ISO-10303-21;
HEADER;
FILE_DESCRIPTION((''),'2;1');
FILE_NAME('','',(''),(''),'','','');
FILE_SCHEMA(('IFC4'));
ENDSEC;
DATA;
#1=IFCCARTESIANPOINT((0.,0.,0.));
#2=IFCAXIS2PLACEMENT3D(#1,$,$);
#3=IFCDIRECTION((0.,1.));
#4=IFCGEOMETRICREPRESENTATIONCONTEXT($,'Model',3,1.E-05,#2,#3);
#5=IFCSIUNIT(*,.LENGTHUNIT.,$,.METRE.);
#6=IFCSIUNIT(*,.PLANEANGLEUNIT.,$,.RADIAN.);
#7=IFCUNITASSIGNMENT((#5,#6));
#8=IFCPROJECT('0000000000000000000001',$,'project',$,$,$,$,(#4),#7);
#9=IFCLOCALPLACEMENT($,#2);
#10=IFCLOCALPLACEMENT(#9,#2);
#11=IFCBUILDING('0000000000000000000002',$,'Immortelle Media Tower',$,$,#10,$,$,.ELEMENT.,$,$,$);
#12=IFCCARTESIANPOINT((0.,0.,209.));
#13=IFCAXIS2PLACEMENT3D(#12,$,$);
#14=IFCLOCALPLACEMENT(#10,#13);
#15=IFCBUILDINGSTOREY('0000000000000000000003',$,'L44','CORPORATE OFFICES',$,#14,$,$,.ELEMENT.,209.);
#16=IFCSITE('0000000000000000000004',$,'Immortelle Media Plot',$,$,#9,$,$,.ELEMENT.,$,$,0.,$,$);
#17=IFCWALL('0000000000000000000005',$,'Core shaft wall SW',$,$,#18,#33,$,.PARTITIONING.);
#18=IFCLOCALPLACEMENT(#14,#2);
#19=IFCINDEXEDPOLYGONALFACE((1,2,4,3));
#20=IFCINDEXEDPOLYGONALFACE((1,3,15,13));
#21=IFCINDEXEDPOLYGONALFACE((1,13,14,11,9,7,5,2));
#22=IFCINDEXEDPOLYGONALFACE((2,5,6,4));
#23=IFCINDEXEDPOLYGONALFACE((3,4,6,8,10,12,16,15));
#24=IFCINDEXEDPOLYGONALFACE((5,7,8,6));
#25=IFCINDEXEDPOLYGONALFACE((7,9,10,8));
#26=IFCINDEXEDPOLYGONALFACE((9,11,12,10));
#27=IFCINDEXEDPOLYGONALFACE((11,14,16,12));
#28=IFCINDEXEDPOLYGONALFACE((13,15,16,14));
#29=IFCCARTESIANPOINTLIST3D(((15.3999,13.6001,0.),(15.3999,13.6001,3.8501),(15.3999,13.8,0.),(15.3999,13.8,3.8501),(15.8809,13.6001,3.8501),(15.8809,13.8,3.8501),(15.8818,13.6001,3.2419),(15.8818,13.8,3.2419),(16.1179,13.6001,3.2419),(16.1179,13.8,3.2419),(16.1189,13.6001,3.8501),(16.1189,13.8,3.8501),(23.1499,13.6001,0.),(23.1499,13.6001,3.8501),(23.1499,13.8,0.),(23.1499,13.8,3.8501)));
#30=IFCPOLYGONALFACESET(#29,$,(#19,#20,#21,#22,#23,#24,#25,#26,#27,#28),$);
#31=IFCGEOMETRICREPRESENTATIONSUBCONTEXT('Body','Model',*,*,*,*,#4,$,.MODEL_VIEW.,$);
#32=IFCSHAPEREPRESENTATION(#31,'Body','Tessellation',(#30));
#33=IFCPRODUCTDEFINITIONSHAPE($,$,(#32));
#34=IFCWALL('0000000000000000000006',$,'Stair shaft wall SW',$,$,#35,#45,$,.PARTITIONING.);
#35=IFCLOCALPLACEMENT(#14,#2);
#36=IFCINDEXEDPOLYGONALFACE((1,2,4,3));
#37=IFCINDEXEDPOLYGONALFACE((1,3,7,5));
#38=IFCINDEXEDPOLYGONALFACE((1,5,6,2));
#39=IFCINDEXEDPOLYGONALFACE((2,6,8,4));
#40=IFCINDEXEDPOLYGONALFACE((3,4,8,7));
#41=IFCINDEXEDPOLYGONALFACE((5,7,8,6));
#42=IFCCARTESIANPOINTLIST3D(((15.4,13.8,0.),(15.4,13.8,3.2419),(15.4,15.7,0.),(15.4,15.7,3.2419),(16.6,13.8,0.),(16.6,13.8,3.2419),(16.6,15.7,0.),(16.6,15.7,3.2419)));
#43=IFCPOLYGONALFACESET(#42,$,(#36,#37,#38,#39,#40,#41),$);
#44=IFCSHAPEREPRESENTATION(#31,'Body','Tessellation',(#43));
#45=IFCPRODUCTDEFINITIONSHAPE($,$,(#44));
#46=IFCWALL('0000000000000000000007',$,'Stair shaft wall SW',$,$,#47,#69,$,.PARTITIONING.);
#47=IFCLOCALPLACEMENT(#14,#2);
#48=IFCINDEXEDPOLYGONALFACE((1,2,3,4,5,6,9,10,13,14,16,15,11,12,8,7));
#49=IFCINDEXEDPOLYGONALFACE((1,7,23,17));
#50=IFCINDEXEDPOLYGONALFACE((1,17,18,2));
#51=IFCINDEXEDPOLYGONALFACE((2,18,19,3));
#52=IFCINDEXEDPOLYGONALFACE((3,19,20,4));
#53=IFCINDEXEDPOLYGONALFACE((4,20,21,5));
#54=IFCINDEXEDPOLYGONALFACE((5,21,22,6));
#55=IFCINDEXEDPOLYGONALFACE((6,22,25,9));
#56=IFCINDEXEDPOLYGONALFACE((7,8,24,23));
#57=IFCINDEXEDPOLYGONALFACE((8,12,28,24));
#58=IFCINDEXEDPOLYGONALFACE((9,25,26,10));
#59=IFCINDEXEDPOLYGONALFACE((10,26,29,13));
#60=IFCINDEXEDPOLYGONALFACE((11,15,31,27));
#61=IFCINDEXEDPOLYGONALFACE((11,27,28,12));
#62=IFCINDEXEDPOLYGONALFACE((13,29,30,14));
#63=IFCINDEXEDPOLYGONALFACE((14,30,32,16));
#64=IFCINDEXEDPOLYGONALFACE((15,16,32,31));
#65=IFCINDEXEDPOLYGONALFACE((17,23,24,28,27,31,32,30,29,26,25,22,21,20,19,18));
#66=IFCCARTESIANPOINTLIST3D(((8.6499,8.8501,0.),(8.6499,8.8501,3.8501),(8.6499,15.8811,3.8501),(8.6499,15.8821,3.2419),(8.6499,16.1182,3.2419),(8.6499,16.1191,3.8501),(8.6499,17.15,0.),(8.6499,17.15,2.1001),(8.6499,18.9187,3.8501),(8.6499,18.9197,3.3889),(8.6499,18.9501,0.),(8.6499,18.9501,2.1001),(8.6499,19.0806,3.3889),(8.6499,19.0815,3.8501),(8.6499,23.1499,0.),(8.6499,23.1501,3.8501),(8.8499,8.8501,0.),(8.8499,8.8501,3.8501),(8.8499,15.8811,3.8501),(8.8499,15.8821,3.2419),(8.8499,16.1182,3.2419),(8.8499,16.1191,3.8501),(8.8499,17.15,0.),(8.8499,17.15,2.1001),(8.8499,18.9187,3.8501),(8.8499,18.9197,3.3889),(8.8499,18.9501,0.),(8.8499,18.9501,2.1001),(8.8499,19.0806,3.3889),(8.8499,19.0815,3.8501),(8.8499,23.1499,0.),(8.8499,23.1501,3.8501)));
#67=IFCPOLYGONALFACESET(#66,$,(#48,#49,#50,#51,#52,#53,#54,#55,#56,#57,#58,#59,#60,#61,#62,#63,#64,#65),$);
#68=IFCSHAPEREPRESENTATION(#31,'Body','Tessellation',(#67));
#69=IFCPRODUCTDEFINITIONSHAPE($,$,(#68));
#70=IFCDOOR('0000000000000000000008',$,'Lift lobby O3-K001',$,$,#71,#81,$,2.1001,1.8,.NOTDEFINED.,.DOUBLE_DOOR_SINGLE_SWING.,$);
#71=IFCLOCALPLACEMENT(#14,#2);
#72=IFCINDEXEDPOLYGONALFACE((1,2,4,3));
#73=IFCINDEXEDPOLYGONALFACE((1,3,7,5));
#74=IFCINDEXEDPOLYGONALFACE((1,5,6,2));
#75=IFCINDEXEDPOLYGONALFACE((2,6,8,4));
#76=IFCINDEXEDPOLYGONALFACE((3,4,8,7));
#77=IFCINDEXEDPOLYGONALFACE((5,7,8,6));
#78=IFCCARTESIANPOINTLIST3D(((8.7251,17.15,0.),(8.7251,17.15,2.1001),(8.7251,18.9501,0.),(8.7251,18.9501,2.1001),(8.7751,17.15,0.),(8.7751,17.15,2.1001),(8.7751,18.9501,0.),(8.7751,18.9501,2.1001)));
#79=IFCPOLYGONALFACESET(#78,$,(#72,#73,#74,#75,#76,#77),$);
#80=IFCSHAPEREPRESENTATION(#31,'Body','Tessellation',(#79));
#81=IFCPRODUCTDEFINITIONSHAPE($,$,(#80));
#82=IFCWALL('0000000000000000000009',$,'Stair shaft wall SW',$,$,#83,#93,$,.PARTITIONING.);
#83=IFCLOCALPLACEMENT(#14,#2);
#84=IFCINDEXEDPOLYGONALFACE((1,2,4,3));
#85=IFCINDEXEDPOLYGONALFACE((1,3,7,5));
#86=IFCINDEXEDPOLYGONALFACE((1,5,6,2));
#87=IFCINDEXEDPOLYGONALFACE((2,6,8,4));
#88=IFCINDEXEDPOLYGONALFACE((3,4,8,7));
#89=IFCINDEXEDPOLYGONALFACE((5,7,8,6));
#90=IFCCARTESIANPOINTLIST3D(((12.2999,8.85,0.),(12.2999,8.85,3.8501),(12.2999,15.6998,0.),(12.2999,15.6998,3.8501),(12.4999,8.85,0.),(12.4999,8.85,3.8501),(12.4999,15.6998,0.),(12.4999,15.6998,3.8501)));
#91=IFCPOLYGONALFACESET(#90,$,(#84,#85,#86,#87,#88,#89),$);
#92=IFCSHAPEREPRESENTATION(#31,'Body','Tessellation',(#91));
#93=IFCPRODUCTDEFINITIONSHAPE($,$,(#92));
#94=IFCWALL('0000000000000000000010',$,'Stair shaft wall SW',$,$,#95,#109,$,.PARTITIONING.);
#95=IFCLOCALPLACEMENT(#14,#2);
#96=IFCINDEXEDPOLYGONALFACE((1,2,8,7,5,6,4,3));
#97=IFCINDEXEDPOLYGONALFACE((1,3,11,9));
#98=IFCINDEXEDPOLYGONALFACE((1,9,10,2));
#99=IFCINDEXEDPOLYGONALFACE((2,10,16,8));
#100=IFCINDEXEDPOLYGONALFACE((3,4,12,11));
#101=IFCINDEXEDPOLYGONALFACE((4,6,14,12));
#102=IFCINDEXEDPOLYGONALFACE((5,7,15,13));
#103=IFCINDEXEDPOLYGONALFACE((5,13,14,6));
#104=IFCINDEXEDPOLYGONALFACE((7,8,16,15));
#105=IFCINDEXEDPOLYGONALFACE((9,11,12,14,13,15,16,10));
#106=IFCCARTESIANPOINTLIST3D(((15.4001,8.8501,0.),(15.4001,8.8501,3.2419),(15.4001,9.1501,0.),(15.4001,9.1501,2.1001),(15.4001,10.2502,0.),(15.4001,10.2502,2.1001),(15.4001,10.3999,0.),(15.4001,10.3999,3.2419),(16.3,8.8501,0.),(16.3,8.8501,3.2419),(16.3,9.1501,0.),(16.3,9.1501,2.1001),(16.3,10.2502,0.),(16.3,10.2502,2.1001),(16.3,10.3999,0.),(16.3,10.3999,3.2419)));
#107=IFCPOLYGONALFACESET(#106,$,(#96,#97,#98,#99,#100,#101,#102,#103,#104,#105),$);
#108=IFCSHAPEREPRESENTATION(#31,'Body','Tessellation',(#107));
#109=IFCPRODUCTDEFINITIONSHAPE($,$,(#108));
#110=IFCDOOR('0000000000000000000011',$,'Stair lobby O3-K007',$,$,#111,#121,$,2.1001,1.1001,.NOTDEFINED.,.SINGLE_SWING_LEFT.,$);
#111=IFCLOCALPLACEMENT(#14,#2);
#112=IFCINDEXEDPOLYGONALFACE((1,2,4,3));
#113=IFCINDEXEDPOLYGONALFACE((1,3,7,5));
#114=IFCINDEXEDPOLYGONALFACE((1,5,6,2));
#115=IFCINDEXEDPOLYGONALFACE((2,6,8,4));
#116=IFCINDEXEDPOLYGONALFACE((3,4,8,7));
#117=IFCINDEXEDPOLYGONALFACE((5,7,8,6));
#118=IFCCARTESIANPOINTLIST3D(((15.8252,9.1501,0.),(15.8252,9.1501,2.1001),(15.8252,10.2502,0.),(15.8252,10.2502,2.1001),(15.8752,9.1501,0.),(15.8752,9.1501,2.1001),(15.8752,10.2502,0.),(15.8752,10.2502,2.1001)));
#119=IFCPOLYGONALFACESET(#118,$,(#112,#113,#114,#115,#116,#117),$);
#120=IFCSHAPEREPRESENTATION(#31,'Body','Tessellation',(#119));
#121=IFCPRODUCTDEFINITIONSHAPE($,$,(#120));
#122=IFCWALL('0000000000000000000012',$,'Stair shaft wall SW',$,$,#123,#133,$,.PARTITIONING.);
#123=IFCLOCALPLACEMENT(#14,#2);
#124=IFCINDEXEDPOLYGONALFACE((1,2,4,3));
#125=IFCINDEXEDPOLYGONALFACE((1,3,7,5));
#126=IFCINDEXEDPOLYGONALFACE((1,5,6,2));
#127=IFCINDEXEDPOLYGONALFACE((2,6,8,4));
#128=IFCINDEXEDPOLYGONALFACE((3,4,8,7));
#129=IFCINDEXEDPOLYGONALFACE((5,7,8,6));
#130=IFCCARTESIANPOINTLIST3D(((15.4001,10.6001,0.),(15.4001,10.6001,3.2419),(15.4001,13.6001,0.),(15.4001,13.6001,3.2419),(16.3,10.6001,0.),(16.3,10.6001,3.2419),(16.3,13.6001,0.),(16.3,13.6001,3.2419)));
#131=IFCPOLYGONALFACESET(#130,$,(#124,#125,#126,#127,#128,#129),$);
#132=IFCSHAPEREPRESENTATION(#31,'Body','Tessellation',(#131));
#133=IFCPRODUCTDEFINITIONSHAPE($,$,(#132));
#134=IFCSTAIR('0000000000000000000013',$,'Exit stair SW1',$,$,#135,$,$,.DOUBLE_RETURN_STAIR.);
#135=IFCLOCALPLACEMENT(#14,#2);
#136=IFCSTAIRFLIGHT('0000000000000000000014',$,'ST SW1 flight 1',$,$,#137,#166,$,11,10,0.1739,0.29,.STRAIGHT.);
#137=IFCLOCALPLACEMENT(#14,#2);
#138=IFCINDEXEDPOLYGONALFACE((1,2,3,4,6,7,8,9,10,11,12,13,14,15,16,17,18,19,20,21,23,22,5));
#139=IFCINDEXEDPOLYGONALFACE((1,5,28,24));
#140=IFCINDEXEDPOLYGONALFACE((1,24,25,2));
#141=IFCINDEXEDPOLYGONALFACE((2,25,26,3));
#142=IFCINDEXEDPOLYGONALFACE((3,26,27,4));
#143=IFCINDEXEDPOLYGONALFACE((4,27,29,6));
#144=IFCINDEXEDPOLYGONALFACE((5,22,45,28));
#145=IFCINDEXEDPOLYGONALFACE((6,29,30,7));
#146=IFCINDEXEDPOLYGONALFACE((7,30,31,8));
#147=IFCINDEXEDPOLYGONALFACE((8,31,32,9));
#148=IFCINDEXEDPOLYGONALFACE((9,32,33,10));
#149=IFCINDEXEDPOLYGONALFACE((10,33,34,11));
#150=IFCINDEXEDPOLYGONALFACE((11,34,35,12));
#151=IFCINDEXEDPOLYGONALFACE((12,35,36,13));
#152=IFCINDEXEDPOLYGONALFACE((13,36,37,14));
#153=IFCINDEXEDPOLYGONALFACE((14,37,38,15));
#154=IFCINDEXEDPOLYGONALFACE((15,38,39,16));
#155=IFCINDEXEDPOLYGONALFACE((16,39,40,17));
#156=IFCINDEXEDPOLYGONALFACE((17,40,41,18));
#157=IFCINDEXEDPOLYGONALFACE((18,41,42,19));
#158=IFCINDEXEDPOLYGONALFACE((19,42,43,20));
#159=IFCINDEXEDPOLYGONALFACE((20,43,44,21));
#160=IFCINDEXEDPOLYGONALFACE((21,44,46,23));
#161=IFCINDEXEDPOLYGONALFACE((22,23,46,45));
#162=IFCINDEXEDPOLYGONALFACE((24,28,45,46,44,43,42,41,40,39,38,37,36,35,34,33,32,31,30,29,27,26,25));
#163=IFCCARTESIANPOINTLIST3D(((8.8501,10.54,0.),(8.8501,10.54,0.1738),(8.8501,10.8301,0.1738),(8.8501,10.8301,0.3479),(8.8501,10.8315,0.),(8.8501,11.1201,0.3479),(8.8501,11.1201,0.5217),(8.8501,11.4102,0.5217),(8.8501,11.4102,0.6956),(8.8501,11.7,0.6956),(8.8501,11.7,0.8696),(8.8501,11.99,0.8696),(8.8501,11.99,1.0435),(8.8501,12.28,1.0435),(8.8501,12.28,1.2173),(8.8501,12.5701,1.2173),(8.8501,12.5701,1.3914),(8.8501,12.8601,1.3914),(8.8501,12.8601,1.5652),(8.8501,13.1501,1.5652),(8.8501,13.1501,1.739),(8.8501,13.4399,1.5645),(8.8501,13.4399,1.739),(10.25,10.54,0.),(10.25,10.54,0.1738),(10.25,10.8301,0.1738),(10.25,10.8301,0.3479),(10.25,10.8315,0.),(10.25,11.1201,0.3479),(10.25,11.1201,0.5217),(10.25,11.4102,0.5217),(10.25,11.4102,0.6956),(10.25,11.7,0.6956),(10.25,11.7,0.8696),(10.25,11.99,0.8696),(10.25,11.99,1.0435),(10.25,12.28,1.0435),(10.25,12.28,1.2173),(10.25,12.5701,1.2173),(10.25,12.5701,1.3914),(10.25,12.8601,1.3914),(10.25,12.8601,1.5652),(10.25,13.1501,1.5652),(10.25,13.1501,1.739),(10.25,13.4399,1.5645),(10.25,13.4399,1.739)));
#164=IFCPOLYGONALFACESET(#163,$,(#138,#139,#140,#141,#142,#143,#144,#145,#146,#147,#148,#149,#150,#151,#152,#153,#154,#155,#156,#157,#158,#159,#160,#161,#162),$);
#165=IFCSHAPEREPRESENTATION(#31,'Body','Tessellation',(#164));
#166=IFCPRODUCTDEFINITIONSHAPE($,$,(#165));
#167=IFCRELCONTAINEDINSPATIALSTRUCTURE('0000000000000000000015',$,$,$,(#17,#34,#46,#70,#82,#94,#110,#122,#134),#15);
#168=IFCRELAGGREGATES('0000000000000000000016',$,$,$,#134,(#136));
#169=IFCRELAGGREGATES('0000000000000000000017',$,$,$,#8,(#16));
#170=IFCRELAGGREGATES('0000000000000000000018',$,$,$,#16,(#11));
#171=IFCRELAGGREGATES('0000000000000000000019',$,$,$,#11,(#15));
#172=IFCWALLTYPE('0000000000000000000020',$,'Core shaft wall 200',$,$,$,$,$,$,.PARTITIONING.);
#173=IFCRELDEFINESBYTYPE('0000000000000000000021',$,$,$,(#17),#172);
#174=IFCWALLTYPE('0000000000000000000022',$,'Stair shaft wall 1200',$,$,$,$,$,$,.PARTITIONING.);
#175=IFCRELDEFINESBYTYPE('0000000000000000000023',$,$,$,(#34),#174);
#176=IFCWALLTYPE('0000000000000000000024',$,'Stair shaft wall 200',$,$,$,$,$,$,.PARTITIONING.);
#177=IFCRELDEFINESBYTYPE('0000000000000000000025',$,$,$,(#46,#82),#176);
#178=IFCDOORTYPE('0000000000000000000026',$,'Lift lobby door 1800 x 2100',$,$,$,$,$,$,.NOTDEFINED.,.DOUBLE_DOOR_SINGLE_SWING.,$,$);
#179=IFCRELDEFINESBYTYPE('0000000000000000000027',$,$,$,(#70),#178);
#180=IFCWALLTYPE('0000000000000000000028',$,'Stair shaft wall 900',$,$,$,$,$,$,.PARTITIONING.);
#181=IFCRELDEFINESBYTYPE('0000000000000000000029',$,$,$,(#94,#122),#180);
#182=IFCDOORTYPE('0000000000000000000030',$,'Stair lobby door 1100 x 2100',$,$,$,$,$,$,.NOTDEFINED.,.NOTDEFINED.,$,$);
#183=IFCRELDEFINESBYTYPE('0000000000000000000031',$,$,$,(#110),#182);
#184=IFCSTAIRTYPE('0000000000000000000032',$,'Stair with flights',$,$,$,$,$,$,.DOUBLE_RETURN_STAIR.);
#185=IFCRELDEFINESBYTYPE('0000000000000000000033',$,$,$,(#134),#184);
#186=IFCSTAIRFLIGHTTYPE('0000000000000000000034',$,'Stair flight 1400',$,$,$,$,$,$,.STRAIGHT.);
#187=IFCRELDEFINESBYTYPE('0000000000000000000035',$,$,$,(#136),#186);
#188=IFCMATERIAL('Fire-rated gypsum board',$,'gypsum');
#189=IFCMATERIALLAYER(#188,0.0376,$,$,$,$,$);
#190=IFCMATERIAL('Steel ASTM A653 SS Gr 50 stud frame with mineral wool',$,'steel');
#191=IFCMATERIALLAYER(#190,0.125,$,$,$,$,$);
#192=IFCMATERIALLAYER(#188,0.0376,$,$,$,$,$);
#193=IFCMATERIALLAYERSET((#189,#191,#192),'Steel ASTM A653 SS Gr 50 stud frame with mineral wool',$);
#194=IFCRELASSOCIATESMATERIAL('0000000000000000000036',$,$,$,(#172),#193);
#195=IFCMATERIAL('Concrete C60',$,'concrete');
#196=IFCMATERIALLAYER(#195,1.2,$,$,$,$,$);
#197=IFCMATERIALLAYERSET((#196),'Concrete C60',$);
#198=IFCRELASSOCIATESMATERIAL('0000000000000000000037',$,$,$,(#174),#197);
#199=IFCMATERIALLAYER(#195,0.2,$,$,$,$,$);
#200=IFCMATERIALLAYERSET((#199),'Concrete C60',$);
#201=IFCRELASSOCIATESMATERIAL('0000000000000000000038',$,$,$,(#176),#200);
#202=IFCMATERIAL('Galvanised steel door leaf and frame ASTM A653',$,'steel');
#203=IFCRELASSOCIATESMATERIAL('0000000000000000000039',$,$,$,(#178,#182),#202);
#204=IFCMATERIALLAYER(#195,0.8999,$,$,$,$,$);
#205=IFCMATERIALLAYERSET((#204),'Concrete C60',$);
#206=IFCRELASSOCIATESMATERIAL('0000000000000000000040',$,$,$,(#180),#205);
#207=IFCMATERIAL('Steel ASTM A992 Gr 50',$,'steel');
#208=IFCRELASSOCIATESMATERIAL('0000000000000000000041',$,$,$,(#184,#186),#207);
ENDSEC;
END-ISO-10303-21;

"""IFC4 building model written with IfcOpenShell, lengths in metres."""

from ifc_helpers import new_model, si_unit, direction, frame, frame_2d, origin, place, context, subcontext, project, spatial, polyline, rectangle, outline, extrude, material, layer, layer_set, type_object, element, fill, aggregate, save


model = new_model("IFC4")

# Units and contexts
model_context = context("Model", 3, precision=1e-05, world=origin(), true_north=direction((0.0, 1.0)))
body_context = subcontext(model_context, "Body", "Model", "MODEL_VIEW")
ifc_project = project(units=[si_unit("LENGTHUNIT", "METRE"), si_unit("PLANEANGLEUNIT", "RADIAN")], contexts=[model_context])

# Site, building, storey
site_placement = place(None, origin())
site = spatial("IfcSite", under=ifc_project, at=site_placement, Name="Immortelle Media Plot", CompositionType="ELEMENT", RefElevation=0.0)
building_placement = place(site_placement, origin())
building = spatial("IfcBuilding", under=site, at=building_placement, Name="Immortelle Media Tower", CompositionType="ELEMENT")
storey_placement = place(building_placement, frame((0.0, 0.0, 209.0)))
storey = spatial("IfcBuildingStorey", under=building, at=storey_placement, Name="L44", Description="CORPORATE OFFICES", CompositionType="ELEMENT", Elevation=209.0)

# Shared definitions
ifc_material_1 = material(Name="Steel ASTM A992 Gr 50", Category="steel")

# Shared definitions
ifc_material_2 = material(Name="Fire-rated gypsum board", Category="gypsum")
ifc_layer_1 = layer(ifc_material_2, 0.0376)
ifc_material_3 = material(Name="Steel ASTM A653 SS Gr 50 stud frame with mineral wool", Category="steel")
ifc_layer_2 = layer(ifc_material_3, 0.125)
ifc_layer_3 = layer(ifc_material_2, 0.0376)
ifc_layer_set_1 = layer_set([ifc_layer_1, ifc_layer_2, ifc_layer_3], Name="Steel ASTM A653 SS Gr 50 stud frame with mineral wool")
wall_type_1 = type_object("IfcWallType", Name="Core shaft wall 200", PredefinedType="PARTITIONING", material=ifc_layer_set_1)

# Walls
wall_1_placement = place(storey_placement, frame((15.3999, 13.7, 0.0), z_axis=(0.0, 0.0, 1.0), x_axis=(1.0, 0.0, 0.0)))
element("IfcWall", 1, at=wall_1_placement, inside=storey, type_object=wall_type_1, Name="Core shaft wall SW", PredefinedType="PARTITIONING", context=body_context, shape_type="SweptSolid", body=[
    extrude(outline(polyline([(0.0, 0.0), (7.75, 0.0), (7.75, 3.8501), (0.719, 3.8501), (0.718, 3.2419), (0.4819, 3.2419), (0.481, 3.8501), (0.0, 3.8501), (0.0, 0.0)])), frame((0.0, 0.1001, 0.0), z_axis=(0.0, -1.0, 0.0), x_axis=(1.0, 0.0, 0.0)), (0.0, 0.0, 1.0), 0.2),
])
ifc_material_4 = material(Name="Concrete C60", Category="concrete")
ifc_layer_4 = layer(ifc_material_4, 1.2)
ifc_layer_set_2 = layer_set([ifc_layer_4], Name="Concrete C60")
wall_type_2 = type_object("IfcWallType", Name="Stair shaft wall 1200", PredefinedType="PARTITIONING", material=ifc_layer_set_2)
wall_2_placement = place(storey_placement, frame((16.0, 13.8, 0.0), z_axis=(0.0, 0.0, 1.0), x_axis=(0.0, 1.0, 0.0)))
element("IfcWall", 2, at=wall_2_placement, inside=storey, type_object=wall_type_2, Name="Stair shaft wall SW", PredefinedType="PARTITIONING", context=body_context, shape_type="SweptSolid", body=[
    extrude(rectangle(XDim=1.8999, YDim=1.2, at=frame_2d((0.95, 0.0))), origin(), (0.0, 0.0, 1.0), 3.2419),
])

# Wall, opening, door
ifc_layer_5 = layer(ifc_material_4, 0.2)
ifc_layer_set_3 = layer_set([ifc_layer_5], Name="Concrete C60")
wall_type_3 = type_object("IfcWallType", Name="Stair shaft wall 200", PredefinedType="PARTITIONING", material=ifc_layer_set_3)
wall_3_placement = place(storey_placement, frame((8.75, 8.8501, 0.0), z_axis=(0.0, 0.0, 1.0), x_axis=(0.0, 1.0, 0.0)))
wall_3 = element("IfcWall", 3, at=wall_3_placement, inside=storey, type_object=wall_type_3, Name="Stair shaft wall SW", PredefinedType="PARTITIONING", context=body_context, shape_type="SweptSolid", body=[
    extrude(outline(polyline([(0.0, 0.0), (14.2998, 0.0), (14.3, 3.8501), (10.2314, 3.8501), (10.2305, 3.3889), (10.0696, 3.3889), (10.0686, 3.8501), (7.269, 3.8501), (7.2681, 3.2419), (7.032, 3.2419), (7.031, 3.8501), (0.0, 3.8501), (0.0, 0.0)])), frame((0.0, 0.1001, 0.0), z_axis=(0.0, -1.0, 0.0), x_axis=(1.0, 0.0, 0.0)), (0.0, 0.0, 1.0), 0.2),
])
opening_1_placement = place(wall_3_placement, frame((8.3, 0.0, 0.0)))
opening_1 = element("IfcOpeningElement", 4, at=opening_1_placement, cuts=wall_3, PredefinedType="OPENING", context=body_context, shape_type="SweptSolid", body=[
    extrude(rectangle(XDim=1.8, YDim=2.1001, at=frame_2d((0.8999, 1.05))), frame((0.0, 0.1099, 0.0), z_axis=(0.0, -1.0, 0.0), x_axis=(1.0, 0.0, 0.0)), (0.0, 0.0, 1.0), 0.22),
])
ifc_material_5 = material(Name="Galvanised steel door leaf and frame ASTM A653", Category="steel")
door_type_1 = type_object("IfcDoorType", Name="Lift lobby door 1800 x 2100", OperationType="DOUBLE_DOOR_SINGLE_SWING", PredefinedType="NOTDEFINED", material=ifc_material_5)
door_1_placement = place(opening_1_placement, origin())
door_1 = element("IfcDoor", 5, at=door_1_placement, inside=storey, type_object=door_type_1, Name="Lift lobby O3-K001", OperationType="DOUBLE_DOOR_SINGLE_SWING", OverallHeight=2.1001, OverallWidth=1.8, PredefinedType="NOTDEFINED", context=body_context, shape_type="SweptSolid", body=[
    extrude(rectangle(XDim=1.8, YDim=2.1001, at=frame_2d((0.8999, 1.05))), frame((0.0, 0.0249, 0.0), z_axis=(0.0, -1.0, 0.0), x_axis=(1.0, 0.0, 0.0)), (0.0, 0.0, 1.0), 0.05),
])
fill(opening_1, door_1)

# Wall
wall_4_placement = place(storey_placement, frame((12.3999, 8.8501, 0.0), z_axis=(0.0, 0.0, 1.0), x_axis=(0.0, 1.0, 0.0)))
element("IfcWall", 6, at=wall_4_placement, inside=storey, type_object=wall_type_3, Name="Stair shaft wall SW", PredefinedType="PARTITIONING", context=body_context, shape_type="SweptSolid", body=[
    extrude(rectangle(XDim=6.8499, YDim=0.2, at=frame_2d((3.4248, 0.0))), origin(), (0.0, 0.0, 1.0), 3.8501),
])

# Wall, opening, door
ifc_layer_6 = layer(ifc_material_4, 0.8999)
ifc_layer_set_4 = layer_set([ifc_layer_6], Name="Concrete C60")
wall_type_4 = type_object("IfcWallType", Name="Stair shaft wall 900", PredefinedType="PARTITIONING", material=ifc_layer_set_4)
wall_5_placement = place(storey_placement, frame((15.8501, 8.8501, 0.0), z_axis=(0.0, 0.0, 1.0), x_axis=(0.0, 1.0, 0.0)))
wall_5 = element("IfcWall", 7, at=wall_5_placement, inside=storey, type_object=wall_type_4, Name="Stair shaft wall SW", PredefinedType="PARTITIONING", context=body_context, shape_type="SweptSolid", body=[
    extrude(rectangle(XDim=1.5498, YDim=0.8999, at=frame_2d((0.7749, 0.0))), origin(), (0.0, 0.0, 1.0), 3.2419),
])
opening_2_placement = place(wall_5_placement, frame((0.3, 0.0, 0.0)))
opening_2 = element("IfcOpeningElement", 8, at=opening_2_placement, cuts=wall_5, PredefinedType="OPENING", context=body_context, shape_type="SweptSolid", body=[
    extrude(rectangle(XDim=1.1001, YDim=2.1001, at=frame_2d((0.55, 1.05))), frame((0.0, 0.46, 0.0), z_axis=(0.0, -1.0, 0.0), x_axis=(1.0, 0.0, 0.0)), (0.0, 0.0, 1.0), 0.9199),
])
door_type_2 = type_object("IfcDoorType", Name="Stair lobby door 1100 x 2100", OperationType="NOTDEFINED", PredefinedType="NOTDEFINED", material=ifc_material_5)
door_2_placement = place(opening_2_placement, origin())
door_2 = element("IfcDoor", 9, at=door_2_placement, inside=storey, type_object=door_type_2, Name="Stair lobby O3-K007", OperationType="SINGLE_SWING_LEFT", OverallHeight=2.1001, OverallWidth=1.1001, PredefinedType="NOTDEFINED", context=body_context, shape_type="SweptSolid", body=[
    extrude(rectangle(XDim=1.1001, YDim=2.1001, at=frame_2d((0.55, 1.05))), frame((0.0, 0.0249, 0.0), z_axis=(0.0, -1.0, 0.0), x_axis=(1.0, 0.0, 0.0)), (0.0, 0.0, 1.0), 0.05),
])
fill(opening_2, door_2)

# Wall
wall_6_placement = place(storey_placement, frame((15.8501, 10.6001, 0.0), z_axis=(0.0, 0.0, 1.0), x_axis=(0.0, 1.0, 0.0)))
element("IfcWall", 10, at=wall_6_placement, inside=storey, type_object=wall_type_4, Name="Stair shaft wall SW", PredefinedType="PARTITIONING", context=body_context, shape_type="SweptSolid", body=[
    extrude(rectangle(XDim=3.0, YDim=0.8999, at=frame_2d((1.5, 0.0))), origin(), (0.0, 0.0, 1.0), 3.2419),
])

# Stair, stair flight
stair_type = type_object("IfcStairType", Name="Stair with flights", PredefinedType="DOUBLE_RETURN_STAIR", material=ifc_material_1)
stair_1_placement = place(storey_placement, origin())
stair_1 = element("IfcStair", 11, at=stair_1_placement, inside=storey, type_object=stair_type, Name="Exit stair SW1", PredefinedType="DOUBLE_RETURN_STAIR")
stair_flight_type = type_object("IfcStairFlightType", Name="Stair flight 1400", PredefinedType="STRAIGHT", material=ifc_material_1)
stair_flight_1_placement = place(storey_placement, frame((9.55, 10.54, 0.0), z_axis=(0.0, 0.0, 1.0), x_axis=(0.0, 1.0, 0.0)))
stair_flight_1 = element("IfcStairFlight", 12, at=stair_flight_1_placement, type_object=stair_flight_type, Name="ST SW1 flight 1", NumberOfRisers=11, NumberOfTreads=10, PredefinedType="STRAIGHT", RiserHeight=0.1739, TreadLength=0.29, context=body_context, shape_type="SweptSolid", body=[
    extrude(outline(polyline([(0.0, 0.0), (0.0, 0.1738), (0.29, 0.1738), (0.29, 0.3479), (0.5801, 0.3479), (0.5801, 0.5217), (0.8701, 0.5217), (0.8701, 0.6956), (1.1599, 0.6956), (1.1599, 0.8696), (1.45, 0.8696), (1.45, 1.0435), (1.74, 1.0435), (1.74, 1.2173), (2.03, 1.2173), (2.03, 1.3914), (2.3201, 1.3914), (2.3201, 1.5652), (2.6101, 1.5652), (2.6101, 1.739), (2.8999, 1.739), (2.8999, 1.9131), (2.8999, 1.5645), (0.2915, 0.0), (0.0, 0.0)])), frame((0.0, 0.7, 0.0), z_axis=(0.0, -1.0, 0.0), x_axis=(1.0, 0.0, 0.0)), (0.0, 0.0, 1.0), 1.3999),
])
aggregate(stair_1, [stair_flight_1])

save(model, "model.ifc")
